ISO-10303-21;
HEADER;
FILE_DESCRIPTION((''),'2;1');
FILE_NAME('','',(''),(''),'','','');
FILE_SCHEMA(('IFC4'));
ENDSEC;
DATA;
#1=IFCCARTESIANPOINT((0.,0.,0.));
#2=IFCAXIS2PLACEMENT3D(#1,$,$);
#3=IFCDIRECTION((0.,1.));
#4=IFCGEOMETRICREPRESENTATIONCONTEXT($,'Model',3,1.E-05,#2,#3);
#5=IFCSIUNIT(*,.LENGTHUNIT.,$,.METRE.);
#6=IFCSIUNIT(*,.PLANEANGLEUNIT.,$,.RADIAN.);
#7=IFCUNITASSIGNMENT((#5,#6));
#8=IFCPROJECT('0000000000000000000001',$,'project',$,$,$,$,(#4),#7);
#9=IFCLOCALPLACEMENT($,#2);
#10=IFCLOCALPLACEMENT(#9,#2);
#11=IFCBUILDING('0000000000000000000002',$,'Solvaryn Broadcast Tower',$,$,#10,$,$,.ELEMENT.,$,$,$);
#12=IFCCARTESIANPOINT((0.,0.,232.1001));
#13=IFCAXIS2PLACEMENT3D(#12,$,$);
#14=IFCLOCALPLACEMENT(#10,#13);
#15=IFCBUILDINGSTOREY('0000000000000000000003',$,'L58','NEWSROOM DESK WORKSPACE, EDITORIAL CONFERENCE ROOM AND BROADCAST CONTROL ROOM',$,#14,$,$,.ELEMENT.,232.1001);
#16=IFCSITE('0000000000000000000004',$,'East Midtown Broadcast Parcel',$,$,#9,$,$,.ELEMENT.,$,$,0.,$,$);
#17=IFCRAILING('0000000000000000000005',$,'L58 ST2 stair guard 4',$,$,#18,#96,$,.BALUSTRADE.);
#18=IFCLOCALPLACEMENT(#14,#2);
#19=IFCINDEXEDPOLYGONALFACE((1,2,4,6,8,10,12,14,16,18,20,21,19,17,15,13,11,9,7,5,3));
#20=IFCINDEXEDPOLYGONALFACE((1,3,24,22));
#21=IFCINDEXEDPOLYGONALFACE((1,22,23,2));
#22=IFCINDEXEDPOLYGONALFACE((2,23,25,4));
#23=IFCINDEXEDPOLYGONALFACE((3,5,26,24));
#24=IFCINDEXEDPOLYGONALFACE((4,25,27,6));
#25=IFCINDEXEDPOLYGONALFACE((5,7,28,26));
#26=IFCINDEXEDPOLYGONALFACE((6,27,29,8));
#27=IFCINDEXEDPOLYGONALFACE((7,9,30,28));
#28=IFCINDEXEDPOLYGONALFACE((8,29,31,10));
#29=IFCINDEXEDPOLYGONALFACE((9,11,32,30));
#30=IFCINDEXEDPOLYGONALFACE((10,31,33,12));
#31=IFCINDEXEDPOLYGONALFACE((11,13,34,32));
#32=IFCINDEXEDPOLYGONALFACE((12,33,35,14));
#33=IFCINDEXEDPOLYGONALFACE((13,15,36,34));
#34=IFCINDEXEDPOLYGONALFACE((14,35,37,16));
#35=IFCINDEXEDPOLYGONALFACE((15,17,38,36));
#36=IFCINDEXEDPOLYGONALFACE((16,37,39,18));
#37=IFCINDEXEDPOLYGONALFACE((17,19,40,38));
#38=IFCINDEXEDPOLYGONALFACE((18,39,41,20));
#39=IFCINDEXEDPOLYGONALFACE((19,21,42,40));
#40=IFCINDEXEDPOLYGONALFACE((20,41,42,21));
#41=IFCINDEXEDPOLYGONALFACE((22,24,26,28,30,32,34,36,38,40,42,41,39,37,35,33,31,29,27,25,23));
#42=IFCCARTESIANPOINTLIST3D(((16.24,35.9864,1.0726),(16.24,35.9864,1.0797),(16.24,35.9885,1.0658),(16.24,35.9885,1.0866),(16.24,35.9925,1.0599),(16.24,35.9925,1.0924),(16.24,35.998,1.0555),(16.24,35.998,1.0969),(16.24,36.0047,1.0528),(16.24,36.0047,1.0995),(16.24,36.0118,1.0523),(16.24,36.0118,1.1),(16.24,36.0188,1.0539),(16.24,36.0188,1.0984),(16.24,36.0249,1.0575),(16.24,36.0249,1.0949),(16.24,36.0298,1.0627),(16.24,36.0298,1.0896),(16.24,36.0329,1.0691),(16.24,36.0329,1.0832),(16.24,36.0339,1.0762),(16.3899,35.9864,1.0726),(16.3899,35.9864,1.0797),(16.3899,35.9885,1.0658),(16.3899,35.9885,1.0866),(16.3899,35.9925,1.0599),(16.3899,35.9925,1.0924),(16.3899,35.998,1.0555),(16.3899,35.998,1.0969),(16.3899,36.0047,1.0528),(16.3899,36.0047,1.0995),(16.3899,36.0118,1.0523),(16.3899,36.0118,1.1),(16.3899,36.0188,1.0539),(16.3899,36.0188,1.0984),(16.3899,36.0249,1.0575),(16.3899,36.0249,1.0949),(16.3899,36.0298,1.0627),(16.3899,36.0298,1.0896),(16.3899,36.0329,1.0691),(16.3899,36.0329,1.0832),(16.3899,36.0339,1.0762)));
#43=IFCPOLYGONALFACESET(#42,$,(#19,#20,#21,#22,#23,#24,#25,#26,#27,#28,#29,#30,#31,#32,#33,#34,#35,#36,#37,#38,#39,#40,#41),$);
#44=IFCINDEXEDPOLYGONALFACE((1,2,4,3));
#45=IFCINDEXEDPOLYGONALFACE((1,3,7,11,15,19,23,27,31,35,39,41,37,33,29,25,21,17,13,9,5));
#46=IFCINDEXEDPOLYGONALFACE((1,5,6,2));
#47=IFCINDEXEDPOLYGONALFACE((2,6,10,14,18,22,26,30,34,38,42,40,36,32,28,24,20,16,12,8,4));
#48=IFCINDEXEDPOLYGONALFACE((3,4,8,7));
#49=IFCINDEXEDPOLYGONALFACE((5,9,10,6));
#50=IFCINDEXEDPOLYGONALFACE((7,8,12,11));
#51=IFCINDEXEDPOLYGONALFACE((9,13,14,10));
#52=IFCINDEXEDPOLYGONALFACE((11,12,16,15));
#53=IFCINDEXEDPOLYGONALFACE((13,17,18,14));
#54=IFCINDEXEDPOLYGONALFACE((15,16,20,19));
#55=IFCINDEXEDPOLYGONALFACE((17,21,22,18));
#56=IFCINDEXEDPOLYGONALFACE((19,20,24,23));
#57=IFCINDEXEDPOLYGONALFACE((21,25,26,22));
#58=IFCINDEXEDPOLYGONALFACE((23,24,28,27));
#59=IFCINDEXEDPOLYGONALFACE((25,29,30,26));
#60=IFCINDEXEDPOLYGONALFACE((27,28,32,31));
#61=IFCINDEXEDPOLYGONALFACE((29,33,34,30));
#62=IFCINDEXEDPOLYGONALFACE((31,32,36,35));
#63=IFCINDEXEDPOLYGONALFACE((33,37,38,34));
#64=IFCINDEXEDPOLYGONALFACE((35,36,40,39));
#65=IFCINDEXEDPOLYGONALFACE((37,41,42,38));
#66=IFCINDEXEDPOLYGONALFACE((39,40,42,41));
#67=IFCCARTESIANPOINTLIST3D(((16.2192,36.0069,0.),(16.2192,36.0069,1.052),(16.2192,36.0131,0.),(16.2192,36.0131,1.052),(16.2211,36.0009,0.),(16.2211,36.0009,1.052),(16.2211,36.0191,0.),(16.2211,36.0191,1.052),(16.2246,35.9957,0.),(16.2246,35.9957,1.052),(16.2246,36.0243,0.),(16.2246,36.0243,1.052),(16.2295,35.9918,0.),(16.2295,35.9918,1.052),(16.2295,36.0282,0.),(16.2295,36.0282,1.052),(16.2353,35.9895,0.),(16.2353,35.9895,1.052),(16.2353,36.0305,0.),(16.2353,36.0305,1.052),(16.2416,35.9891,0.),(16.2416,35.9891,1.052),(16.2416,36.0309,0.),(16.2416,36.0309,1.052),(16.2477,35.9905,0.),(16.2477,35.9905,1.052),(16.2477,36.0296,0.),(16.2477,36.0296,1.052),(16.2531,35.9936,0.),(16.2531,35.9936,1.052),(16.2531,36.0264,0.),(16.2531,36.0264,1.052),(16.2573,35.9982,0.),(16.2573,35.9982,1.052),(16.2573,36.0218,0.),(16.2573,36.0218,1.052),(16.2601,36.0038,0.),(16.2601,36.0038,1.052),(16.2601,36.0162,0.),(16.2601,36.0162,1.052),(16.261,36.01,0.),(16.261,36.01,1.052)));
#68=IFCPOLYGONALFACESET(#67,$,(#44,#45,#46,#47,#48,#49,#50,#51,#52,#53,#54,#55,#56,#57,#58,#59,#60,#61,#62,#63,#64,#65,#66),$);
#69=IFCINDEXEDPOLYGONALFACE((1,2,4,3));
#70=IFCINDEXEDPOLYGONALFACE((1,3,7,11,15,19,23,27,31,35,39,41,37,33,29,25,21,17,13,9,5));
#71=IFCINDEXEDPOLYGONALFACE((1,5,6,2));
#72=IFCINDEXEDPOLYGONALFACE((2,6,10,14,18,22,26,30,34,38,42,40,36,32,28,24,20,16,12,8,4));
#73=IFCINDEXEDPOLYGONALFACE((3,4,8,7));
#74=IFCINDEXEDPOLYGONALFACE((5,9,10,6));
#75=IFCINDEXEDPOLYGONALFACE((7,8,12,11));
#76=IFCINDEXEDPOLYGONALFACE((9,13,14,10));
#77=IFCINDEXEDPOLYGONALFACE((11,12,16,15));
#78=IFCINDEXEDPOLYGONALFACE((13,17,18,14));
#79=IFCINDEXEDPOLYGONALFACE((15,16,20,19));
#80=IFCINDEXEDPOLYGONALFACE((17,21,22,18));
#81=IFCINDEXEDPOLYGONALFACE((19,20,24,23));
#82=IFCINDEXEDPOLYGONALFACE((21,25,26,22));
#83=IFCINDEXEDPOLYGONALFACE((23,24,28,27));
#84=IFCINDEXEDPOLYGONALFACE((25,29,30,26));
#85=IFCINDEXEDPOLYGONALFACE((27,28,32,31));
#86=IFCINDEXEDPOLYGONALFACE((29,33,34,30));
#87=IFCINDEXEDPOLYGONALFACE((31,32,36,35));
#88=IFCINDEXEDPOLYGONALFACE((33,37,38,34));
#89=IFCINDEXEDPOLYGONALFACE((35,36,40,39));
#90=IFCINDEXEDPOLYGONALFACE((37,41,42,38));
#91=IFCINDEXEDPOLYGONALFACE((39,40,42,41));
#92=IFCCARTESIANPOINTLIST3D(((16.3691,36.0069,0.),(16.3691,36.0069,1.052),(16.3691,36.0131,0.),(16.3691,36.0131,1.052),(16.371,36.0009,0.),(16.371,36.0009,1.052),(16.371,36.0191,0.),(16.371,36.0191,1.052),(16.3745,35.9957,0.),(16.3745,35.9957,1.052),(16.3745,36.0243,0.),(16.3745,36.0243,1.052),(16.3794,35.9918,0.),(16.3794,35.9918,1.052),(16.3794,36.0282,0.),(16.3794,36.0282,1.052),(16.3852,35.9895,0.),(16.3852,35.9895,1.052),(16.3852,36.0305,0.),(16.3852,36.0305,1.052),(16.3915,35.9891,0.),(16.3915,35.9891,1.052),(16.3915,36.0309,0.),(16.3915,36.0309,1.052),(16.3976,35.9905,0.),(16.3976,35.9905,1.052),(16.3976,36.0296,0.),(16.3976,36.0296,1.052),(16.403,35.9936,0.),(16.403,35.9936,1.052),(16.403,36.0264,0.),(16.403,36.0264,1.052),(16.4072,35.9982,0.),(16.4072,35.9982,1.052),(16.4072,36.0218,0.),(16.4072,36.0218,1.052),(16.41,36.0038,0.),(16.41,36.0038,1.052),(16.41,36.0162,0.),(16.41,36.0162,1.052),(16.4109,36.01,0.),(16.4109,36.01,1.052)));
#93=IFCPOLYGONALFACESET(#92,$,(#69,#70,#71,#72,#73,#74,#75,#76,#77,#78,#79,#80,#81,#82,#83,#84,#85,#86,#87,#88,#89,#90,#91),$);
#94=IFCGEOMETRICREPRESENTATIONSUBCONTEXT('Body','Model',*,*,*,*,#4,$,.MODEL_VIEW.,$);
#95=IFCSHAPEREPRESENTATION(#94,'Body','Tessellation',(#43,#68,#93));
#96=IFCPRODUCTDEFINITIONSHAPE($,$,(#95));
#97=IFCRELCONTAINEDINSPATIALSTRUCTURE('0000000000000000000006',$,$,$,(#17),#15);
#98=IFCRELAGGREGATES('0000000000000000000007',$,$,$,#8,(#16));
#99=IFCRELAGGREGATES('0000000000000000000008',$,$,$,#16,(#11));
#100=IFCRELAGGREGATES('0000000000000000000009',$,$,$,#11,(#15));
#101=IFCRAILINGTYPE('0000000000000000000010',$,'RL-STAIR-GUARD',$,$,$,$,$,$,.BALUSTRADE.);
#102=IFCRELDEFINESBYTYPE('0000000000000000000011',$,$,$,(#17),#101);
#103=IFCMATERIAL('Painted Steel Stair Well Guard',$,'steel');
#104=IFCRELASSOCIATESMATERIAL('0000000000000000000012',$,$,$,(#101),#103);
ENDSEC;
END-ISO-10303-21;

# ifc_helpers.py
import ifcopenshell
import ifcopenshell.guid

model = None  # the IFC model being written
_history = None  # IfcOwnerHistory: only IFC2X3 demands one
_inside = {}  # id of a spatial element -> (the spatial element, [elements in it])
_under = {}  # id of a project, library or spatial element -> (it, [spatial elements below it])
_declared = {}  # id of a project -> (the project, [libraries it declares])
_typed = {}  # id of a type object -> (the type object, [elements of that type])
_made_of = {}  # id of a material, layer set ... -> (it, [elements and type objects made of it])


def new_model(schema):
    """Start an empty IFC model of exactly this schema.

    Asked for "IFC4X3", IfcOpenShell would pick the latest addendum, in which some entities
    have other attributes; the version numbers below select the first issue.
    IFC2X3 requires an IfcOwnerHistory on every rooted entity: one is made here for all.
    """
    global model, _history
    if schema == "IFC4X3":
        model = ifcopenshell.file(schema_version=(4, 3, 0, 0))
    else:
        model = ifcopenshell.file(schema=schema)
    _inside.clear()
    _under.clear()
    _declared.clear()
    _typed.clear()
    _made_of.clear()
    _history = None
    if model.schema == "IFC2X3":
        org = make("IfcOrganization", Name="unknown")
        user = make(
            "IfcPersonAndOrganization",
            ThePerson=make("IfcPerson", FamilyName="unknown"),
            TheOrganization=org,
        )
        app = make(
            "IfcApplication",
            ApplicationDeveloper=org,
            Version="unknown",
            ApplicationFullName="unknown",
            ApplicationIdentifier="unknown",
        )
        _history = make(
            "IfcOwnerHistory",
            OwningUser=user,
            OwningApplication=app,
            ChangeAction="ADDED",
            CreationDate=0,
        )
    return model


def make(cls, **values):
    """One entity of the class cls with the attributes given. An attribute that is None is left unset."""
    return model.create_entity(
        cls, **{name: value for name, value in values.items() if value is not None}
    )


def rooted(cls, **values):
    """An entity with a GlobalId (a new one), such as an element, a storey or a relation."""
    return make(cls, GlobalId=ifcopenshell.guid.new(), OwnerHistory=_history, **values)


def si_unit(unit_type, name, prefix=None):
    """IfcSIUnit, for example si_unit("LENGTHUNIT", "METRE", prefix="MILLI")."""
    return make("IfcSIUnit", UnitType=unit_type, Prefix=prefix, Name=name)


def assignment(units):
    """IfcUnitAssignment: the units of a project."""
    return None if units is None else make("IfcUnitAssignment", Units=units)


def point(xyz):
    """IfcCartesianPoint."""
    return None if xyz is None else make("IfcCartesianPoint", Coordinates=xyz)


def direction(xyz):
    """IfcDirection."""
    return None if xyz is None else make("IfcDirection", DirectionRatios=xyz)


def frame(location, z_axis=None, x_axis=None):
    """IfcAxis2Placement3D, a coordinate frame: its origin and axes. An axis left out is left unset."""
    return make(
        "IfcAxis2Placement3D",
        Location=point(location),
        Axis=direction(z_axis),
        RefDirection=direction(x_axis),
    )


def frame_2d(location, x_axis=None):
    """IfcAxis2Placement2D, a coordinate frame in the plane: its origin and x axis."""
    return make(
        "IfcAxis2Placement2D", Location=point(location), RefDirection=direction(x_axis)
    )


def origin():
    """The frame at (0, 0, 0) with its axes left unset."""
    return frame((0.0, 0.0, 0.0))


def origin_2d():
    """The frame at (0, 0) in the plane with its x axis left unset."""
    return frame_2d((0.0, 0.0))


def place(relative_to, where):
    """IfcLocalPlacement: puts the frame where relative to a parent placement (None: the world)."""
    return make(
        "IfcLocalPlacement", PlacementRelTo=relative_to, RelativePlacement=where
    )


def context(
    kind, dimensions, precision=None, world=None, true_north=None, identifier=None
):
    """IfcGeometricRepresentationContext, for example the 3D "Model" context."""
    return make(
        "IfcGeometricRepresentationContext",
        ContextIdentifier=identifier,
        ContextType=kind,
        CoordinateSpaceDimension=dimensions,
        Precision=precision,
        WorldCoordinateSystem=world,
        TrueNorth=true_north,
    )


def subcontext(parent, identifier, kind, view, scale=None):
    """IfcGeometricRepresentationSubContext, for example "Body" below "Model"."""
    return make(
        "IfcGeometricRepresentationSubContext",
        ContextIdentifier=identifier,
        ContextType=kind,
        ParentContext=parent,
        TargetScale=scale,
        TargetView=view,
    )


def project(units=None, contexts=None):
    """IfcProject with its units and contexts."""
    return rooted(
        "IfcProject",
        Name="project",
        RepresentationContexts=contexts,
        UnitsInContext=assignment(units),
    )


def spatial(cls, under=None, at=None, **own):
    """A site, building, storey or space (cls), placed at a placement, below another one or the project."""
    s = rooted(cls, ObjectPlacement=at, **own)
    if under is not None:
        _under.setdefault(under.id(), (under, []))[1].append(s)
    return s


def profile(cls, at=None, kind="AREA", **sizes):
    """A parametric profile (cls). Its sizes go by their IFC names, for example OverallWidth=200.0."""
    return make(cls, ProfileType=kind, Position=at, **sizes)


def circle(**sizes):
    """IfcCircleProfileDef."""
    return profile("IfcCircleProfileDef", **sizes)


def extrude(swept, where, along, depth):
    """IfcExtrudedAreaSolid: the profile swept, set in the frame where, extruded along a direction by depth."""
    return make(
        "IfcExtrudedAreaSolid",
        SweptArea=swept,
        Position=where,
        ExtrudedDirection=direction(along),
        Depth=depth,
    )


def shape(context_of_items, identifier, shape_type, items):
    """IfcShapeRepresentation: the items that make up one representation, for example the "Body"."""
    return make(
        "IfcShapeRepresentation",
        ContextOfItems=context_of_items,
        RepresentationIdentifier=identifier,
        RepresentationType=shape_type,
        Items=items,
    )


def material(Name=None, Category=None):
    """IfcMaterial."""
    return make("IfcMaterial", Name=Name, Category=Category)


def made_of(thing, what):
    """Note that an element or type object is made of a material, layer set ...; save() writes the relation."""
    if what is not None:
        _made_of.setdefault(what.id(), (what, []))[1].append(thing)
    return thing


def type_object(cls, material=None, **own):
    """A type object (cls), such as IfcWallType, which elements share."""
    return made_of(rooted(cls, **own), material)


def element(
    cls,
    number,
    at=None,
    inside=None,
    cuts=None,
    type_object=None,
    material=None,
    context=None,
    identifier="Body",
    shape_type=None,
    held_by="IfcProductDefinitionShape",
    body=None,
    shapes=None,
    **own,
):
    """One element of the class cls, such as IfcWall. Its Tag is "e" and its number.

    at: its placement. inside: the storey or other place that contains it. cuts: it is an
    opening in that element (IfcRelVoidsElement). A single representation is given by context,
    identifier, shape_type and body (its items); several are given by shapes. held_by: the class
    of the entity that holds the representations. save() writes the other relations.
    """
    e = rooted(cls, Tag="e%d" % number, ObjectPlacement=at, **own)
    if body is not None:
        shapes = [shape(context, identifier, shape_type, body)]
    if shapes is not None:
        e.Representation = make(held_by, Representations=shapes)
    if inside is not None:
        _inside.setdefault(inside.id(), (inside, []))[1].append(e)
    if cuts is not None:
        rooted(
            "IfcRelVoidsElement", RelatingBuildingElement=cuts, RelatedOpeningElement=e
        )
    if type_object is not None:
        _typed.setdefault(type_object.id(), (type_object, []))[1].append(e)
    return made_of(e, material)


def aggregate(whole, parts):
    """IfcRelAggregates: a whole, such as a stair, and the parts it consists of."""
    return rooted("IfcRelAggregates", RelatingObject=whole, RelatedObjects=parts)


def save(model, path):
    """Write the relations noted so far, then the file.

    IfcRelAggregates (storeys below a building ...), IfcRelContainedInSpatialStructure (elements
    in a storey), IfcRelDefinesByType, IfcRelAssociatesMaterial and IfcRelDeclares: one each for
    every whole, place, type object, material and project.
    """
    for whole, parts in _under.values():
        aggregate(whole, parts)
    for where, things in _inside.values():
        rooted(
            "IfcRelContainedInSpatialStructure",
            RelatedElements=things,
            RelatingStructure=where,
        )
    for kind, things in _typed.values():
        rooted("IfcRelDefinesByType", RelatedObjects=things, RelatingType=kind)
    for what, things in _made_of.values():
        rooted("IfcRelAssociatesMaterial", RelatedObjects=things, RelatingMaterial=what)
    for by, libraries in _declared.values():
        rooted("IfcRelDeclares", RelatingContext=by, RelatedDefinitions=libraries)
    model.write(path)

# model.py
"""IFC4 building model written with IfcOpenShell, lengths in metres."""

from ifc_helpers import new_model, si_unit, direction, frame, origin, origin_2d, place, context, subcontext, project, spatial, circle, extrude, material, type_object, element, save


model = new_model("IFC4")

# Units and contexts
model_context = context("Model", 3, precision=1e-05, world=origin(), true_north=direction((0.0, 1.0)))
body_context = subcontext(model_context, "Body", "Model", "MODEL_VIEW")
ifc_project = project(units=[si_unit("LENGTHUNIT", "METRE"), si_unit("PLANEANGLEUNIT", "RADIAN")], contexts=[model_context])

# Site, building, storey
site_placement = place(None, origin())
site = spatial("IfcSite", under=ifc_project, at=site_placement, Name="East Midtown Broadcast Parcel", CompositionType="ELEMENT", RefElevation=0.0)
building_placement = place(site_placement, origin())
building = spatial("IfcBuilding", under=site, at=building_placement, Name="Solvaryn Broadcast Tower", CompositionType="ELEMENT")
storey_placement = place(building_placement, frame((0.0, 0.0, 232.1001)))
storey = spatial("IfcBuildingStorey", under=building, at=storey_placement, Name="L58", Description="NEWSROOM DESK WORKSPACE, EDITORIAL CONFERENCE ROOM AND BROADCAST CONTROL ROOM", CompositionType="ELEMENT", Elevation=232.1001)

# Railing
ifc_material_1 = material(Name="Painted Steel Stair Well Guard", Category="steel")
railing_type_1 = type_object("IfcRailingType", Name="RL-STAIR-GUARD", PredefinedType="BALUSTRADE", material=ifc_material_1)
railing_1_placement = place(storey_placement, frame((16.24, 36.01, 0.0)))
element("IfcRailing", 1, at=railing_1_placement, inside=storey, type_object=railing_type_1, Name="L58 ST2 stair guard 4", PredefinedType="BALUSTRADE", context=body_context, shape_type="SweptSolid", body=[
    extrude(circle(Radius=0.0239, at=origin_2d()), frame((0.0, 0.0, 1.0762), z_axis=(1.0, 0.0, 0.0), x_axis=(0.0, 1.0, 0.0)), (0.0, 0.0, 1.0), 0.1499),
    extrude(circle(Radius=0.021, at=origin_2d()), origin(), (0.0, 0.0, 1.0), 1.052),
    extrude(circle(Radius=0.021, at=origin_2d()), frame((0.1499, 0.0, 0.0)), (0.0, 0.0, 1.0), 1.052),
])

save(model, "model.ifc")
